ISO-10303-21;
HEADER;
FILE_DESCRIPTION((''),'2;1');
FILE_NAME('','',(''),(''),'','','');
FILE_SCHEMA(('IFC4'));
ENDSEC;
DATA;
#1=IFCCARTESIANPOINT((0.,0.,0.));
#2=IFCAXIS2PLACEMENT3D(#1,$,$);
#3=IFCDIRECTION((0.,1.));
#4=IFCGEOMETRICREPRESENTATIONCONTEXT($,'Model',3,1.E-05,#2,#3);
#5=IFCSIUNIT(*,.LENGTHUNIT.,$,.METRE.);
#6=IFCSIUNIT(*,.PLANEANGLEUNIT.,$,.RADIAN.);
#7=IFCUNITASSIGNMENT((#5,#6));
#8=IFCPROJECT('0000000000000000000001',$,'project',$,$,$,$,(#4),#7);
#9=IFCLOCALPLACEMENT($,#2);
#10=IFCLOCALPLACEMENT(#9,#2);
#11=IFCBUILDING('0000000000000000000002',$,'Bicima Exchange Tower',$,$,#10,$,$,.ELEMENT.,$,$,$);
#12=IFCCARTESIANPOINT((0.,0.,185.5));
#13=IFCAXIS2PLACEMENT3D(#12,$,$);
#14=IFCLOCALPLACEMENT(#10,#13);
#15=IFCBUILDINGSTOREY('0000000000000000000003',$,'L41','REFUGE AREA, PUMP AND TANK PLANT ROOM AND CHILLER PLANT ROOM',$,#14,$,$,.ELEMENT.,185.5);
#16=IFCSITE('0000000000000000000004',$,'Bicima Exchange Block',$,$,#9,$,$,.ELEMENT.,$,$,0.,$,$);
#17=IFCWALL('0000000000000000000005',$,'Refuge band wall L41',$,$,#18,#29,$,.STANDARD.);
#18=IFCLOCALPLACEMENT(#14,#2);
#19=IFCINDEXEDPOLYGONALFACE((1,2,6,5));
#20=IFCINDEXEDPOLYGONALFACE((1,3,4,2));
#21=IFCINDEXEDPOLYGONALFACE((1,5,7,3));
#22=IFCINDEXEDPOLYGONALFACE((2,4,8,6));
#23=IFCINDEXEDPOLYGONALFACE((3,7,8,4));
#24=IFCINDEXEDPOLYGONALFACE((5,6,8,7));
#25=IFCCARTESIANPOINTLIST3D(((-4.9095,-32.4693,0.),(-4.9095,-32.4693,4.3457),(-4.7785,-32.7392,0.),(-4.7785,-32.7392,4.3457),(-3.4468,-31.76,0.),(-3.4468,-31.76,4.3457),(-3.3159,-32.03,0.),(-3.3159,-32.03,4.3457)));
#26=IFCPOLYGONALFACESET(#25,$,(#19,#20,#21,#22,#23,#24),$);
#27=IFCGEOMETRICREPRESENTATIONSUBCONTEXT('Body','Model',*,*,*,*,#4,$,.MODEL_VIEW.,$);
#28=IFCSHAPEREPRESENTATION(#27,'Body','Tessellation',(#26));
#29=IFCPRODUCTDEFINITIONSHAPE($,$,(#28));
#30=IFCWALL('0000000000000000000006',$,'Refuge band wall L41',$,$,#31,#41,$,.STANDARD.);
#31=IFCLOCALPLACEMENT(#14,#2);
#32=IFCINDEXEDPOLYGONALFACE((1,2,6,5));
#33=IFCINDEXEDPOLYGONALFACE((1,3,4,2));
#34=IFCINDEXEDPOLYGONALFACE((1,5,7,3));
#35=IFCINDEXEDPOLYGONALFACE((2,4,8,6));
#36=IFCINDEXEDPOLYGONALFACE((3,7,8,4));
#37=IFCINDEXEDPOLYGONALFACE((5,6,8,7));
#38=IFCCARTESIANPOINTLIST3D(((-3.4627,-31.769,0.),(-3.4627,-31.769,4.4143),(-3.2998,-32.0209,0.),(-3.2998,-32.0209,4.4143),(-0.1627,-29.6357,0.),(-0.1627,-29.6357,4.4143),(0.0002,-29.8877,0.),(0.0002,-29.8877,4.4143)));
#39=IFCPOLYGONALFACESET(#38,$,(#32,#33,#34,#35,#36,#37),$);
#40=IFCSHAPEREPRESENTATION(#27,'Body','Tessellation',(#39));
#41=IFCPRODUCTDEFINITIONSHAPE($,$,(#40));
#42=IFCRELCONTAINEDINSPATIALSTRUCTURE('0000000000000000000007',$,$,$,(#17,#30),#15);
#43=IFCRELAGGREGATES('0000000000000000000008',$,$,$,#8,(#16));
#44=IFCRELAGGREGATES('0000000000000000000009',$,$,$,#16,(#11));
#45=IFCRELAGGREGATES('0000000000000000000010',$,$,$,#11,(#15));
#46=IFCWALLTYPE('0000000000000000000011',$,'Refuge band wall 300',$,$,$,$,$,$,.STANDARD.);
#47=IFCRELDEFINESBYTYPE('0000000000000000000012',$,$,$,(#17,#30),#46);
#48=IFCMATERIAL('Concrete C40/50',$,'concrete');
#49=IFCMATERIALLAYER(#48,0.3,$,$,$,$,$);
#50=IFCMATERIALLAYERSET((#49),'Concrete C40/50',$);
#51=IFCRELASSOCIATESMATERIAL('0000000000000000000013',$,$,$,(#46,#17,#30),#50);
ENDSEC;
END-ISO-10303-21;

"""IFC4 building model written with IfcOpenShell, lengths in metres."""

from ifc_helpers import new_model, si_unit, direction, frame, frame_2d, origin, place, context, subcontext, project, spatial, rectangle, extrude, material, layer, layer_set, layer_usage, type_object, element, save


model = new_model("IFC4")

# Units and contexts
model_context = context("Model", 3, precision=1e-05, world=origin(), true_north=direction((0.0, 1.0)))
body_context = subcontext(model_context, "Body", "Model", "MODEL_VIEW")
ifc_project = project(units=[si_unit("LENGTHUNIT", "METRE"), si_unit("PLANEANGLEUNIT", "RADIAN")], contexts=[model_context])

# Site, building, storey
site_placement = place(None, origin())
site = spatial("IfcSite", under=ifc_project, at=site_placement, Name="Bicima Exchange Block", CompositionType="ELEMENT", RefElevation=0.0)
building_placement = place(site_placement, origin())
building = spatial("IfcBuilding", under=site, at=building_placement, Name="Bicima Exchange Tower", CompositionType="ELEMENT")
storey_placement = place(building_placement, frame((0.0, 0.0, 185.5)))
storey = spatial("IfcBuildingStorey", under=building, at=storey_placement, Name="L41", Description="REFUGE AREA, PUMP AND TANK PLANT ROOM AND CHILLER PLANT ROOM", CompositionType="ELEMENT", Elevation=185.5)

# Walls
ifc_material_1 = material(Name="Concrete C40/50", Category="concrete")
ifc_layer_1 = layer(ifc_material_1, 0.3)
ifc_layer_set_1 = layer_set([ifc_layer_1], Name="Concrete C40/50")
ifc_layer_usage = layer_usage(ifc_layer_set_1, "AXIS2", "POSITIVE", -0.15)
wall_type_1 = type_object("IfcWallType", Name="Refuge band wall 300", PredefinedType="STANDARD", material=ifc_layer_set_1)
wall_1_placement = place(storey_placement, frame((-4.844, -32.6042, 0.0), z_axis=(0.0, 0.0, 1.0), x_axis=(0.899798, 0.436307, 0.0)))
element("IfcWall", 1, at=wall_1_placement, inside=storey, type_object=wall_type_1, material=ifc_layer_usage, Name="Refuge band wall L41", PredefinedType="STANDARD", context=body_context, shape_type="SweptSolid", body=[
    extrude(rectangle(XDim=1.6255, YDim=0.3, at=frame_2d((0.8127, 0.0))), origin(), (0.0, 0.0, 1.0), 4.3457),
])
wall_2_placement = place(storey_placement, frame((-3.3813, -31.895, 0.0), z_axis=(0.0, 0.0, 1.0), x_axis=(0.839805, 0.542888, 0.0)))
element("IfcWall", 2, at=wall_2_placement, inside=storey, type_object=wall_type_1, material=ifc_layer_usage, Name="Refuge band wall L41", PredefinedType="STANDARD", context=body_context, shape_type="SweptSolid", body=[
    extrude(rectangle(XDim=3.9294, YDim=0.3, at=frame_2d((1.9648, 0.0))), origin(), (0.0, 0.0, 1.0), 4.4143),
])

save(model, "model.ifc")
